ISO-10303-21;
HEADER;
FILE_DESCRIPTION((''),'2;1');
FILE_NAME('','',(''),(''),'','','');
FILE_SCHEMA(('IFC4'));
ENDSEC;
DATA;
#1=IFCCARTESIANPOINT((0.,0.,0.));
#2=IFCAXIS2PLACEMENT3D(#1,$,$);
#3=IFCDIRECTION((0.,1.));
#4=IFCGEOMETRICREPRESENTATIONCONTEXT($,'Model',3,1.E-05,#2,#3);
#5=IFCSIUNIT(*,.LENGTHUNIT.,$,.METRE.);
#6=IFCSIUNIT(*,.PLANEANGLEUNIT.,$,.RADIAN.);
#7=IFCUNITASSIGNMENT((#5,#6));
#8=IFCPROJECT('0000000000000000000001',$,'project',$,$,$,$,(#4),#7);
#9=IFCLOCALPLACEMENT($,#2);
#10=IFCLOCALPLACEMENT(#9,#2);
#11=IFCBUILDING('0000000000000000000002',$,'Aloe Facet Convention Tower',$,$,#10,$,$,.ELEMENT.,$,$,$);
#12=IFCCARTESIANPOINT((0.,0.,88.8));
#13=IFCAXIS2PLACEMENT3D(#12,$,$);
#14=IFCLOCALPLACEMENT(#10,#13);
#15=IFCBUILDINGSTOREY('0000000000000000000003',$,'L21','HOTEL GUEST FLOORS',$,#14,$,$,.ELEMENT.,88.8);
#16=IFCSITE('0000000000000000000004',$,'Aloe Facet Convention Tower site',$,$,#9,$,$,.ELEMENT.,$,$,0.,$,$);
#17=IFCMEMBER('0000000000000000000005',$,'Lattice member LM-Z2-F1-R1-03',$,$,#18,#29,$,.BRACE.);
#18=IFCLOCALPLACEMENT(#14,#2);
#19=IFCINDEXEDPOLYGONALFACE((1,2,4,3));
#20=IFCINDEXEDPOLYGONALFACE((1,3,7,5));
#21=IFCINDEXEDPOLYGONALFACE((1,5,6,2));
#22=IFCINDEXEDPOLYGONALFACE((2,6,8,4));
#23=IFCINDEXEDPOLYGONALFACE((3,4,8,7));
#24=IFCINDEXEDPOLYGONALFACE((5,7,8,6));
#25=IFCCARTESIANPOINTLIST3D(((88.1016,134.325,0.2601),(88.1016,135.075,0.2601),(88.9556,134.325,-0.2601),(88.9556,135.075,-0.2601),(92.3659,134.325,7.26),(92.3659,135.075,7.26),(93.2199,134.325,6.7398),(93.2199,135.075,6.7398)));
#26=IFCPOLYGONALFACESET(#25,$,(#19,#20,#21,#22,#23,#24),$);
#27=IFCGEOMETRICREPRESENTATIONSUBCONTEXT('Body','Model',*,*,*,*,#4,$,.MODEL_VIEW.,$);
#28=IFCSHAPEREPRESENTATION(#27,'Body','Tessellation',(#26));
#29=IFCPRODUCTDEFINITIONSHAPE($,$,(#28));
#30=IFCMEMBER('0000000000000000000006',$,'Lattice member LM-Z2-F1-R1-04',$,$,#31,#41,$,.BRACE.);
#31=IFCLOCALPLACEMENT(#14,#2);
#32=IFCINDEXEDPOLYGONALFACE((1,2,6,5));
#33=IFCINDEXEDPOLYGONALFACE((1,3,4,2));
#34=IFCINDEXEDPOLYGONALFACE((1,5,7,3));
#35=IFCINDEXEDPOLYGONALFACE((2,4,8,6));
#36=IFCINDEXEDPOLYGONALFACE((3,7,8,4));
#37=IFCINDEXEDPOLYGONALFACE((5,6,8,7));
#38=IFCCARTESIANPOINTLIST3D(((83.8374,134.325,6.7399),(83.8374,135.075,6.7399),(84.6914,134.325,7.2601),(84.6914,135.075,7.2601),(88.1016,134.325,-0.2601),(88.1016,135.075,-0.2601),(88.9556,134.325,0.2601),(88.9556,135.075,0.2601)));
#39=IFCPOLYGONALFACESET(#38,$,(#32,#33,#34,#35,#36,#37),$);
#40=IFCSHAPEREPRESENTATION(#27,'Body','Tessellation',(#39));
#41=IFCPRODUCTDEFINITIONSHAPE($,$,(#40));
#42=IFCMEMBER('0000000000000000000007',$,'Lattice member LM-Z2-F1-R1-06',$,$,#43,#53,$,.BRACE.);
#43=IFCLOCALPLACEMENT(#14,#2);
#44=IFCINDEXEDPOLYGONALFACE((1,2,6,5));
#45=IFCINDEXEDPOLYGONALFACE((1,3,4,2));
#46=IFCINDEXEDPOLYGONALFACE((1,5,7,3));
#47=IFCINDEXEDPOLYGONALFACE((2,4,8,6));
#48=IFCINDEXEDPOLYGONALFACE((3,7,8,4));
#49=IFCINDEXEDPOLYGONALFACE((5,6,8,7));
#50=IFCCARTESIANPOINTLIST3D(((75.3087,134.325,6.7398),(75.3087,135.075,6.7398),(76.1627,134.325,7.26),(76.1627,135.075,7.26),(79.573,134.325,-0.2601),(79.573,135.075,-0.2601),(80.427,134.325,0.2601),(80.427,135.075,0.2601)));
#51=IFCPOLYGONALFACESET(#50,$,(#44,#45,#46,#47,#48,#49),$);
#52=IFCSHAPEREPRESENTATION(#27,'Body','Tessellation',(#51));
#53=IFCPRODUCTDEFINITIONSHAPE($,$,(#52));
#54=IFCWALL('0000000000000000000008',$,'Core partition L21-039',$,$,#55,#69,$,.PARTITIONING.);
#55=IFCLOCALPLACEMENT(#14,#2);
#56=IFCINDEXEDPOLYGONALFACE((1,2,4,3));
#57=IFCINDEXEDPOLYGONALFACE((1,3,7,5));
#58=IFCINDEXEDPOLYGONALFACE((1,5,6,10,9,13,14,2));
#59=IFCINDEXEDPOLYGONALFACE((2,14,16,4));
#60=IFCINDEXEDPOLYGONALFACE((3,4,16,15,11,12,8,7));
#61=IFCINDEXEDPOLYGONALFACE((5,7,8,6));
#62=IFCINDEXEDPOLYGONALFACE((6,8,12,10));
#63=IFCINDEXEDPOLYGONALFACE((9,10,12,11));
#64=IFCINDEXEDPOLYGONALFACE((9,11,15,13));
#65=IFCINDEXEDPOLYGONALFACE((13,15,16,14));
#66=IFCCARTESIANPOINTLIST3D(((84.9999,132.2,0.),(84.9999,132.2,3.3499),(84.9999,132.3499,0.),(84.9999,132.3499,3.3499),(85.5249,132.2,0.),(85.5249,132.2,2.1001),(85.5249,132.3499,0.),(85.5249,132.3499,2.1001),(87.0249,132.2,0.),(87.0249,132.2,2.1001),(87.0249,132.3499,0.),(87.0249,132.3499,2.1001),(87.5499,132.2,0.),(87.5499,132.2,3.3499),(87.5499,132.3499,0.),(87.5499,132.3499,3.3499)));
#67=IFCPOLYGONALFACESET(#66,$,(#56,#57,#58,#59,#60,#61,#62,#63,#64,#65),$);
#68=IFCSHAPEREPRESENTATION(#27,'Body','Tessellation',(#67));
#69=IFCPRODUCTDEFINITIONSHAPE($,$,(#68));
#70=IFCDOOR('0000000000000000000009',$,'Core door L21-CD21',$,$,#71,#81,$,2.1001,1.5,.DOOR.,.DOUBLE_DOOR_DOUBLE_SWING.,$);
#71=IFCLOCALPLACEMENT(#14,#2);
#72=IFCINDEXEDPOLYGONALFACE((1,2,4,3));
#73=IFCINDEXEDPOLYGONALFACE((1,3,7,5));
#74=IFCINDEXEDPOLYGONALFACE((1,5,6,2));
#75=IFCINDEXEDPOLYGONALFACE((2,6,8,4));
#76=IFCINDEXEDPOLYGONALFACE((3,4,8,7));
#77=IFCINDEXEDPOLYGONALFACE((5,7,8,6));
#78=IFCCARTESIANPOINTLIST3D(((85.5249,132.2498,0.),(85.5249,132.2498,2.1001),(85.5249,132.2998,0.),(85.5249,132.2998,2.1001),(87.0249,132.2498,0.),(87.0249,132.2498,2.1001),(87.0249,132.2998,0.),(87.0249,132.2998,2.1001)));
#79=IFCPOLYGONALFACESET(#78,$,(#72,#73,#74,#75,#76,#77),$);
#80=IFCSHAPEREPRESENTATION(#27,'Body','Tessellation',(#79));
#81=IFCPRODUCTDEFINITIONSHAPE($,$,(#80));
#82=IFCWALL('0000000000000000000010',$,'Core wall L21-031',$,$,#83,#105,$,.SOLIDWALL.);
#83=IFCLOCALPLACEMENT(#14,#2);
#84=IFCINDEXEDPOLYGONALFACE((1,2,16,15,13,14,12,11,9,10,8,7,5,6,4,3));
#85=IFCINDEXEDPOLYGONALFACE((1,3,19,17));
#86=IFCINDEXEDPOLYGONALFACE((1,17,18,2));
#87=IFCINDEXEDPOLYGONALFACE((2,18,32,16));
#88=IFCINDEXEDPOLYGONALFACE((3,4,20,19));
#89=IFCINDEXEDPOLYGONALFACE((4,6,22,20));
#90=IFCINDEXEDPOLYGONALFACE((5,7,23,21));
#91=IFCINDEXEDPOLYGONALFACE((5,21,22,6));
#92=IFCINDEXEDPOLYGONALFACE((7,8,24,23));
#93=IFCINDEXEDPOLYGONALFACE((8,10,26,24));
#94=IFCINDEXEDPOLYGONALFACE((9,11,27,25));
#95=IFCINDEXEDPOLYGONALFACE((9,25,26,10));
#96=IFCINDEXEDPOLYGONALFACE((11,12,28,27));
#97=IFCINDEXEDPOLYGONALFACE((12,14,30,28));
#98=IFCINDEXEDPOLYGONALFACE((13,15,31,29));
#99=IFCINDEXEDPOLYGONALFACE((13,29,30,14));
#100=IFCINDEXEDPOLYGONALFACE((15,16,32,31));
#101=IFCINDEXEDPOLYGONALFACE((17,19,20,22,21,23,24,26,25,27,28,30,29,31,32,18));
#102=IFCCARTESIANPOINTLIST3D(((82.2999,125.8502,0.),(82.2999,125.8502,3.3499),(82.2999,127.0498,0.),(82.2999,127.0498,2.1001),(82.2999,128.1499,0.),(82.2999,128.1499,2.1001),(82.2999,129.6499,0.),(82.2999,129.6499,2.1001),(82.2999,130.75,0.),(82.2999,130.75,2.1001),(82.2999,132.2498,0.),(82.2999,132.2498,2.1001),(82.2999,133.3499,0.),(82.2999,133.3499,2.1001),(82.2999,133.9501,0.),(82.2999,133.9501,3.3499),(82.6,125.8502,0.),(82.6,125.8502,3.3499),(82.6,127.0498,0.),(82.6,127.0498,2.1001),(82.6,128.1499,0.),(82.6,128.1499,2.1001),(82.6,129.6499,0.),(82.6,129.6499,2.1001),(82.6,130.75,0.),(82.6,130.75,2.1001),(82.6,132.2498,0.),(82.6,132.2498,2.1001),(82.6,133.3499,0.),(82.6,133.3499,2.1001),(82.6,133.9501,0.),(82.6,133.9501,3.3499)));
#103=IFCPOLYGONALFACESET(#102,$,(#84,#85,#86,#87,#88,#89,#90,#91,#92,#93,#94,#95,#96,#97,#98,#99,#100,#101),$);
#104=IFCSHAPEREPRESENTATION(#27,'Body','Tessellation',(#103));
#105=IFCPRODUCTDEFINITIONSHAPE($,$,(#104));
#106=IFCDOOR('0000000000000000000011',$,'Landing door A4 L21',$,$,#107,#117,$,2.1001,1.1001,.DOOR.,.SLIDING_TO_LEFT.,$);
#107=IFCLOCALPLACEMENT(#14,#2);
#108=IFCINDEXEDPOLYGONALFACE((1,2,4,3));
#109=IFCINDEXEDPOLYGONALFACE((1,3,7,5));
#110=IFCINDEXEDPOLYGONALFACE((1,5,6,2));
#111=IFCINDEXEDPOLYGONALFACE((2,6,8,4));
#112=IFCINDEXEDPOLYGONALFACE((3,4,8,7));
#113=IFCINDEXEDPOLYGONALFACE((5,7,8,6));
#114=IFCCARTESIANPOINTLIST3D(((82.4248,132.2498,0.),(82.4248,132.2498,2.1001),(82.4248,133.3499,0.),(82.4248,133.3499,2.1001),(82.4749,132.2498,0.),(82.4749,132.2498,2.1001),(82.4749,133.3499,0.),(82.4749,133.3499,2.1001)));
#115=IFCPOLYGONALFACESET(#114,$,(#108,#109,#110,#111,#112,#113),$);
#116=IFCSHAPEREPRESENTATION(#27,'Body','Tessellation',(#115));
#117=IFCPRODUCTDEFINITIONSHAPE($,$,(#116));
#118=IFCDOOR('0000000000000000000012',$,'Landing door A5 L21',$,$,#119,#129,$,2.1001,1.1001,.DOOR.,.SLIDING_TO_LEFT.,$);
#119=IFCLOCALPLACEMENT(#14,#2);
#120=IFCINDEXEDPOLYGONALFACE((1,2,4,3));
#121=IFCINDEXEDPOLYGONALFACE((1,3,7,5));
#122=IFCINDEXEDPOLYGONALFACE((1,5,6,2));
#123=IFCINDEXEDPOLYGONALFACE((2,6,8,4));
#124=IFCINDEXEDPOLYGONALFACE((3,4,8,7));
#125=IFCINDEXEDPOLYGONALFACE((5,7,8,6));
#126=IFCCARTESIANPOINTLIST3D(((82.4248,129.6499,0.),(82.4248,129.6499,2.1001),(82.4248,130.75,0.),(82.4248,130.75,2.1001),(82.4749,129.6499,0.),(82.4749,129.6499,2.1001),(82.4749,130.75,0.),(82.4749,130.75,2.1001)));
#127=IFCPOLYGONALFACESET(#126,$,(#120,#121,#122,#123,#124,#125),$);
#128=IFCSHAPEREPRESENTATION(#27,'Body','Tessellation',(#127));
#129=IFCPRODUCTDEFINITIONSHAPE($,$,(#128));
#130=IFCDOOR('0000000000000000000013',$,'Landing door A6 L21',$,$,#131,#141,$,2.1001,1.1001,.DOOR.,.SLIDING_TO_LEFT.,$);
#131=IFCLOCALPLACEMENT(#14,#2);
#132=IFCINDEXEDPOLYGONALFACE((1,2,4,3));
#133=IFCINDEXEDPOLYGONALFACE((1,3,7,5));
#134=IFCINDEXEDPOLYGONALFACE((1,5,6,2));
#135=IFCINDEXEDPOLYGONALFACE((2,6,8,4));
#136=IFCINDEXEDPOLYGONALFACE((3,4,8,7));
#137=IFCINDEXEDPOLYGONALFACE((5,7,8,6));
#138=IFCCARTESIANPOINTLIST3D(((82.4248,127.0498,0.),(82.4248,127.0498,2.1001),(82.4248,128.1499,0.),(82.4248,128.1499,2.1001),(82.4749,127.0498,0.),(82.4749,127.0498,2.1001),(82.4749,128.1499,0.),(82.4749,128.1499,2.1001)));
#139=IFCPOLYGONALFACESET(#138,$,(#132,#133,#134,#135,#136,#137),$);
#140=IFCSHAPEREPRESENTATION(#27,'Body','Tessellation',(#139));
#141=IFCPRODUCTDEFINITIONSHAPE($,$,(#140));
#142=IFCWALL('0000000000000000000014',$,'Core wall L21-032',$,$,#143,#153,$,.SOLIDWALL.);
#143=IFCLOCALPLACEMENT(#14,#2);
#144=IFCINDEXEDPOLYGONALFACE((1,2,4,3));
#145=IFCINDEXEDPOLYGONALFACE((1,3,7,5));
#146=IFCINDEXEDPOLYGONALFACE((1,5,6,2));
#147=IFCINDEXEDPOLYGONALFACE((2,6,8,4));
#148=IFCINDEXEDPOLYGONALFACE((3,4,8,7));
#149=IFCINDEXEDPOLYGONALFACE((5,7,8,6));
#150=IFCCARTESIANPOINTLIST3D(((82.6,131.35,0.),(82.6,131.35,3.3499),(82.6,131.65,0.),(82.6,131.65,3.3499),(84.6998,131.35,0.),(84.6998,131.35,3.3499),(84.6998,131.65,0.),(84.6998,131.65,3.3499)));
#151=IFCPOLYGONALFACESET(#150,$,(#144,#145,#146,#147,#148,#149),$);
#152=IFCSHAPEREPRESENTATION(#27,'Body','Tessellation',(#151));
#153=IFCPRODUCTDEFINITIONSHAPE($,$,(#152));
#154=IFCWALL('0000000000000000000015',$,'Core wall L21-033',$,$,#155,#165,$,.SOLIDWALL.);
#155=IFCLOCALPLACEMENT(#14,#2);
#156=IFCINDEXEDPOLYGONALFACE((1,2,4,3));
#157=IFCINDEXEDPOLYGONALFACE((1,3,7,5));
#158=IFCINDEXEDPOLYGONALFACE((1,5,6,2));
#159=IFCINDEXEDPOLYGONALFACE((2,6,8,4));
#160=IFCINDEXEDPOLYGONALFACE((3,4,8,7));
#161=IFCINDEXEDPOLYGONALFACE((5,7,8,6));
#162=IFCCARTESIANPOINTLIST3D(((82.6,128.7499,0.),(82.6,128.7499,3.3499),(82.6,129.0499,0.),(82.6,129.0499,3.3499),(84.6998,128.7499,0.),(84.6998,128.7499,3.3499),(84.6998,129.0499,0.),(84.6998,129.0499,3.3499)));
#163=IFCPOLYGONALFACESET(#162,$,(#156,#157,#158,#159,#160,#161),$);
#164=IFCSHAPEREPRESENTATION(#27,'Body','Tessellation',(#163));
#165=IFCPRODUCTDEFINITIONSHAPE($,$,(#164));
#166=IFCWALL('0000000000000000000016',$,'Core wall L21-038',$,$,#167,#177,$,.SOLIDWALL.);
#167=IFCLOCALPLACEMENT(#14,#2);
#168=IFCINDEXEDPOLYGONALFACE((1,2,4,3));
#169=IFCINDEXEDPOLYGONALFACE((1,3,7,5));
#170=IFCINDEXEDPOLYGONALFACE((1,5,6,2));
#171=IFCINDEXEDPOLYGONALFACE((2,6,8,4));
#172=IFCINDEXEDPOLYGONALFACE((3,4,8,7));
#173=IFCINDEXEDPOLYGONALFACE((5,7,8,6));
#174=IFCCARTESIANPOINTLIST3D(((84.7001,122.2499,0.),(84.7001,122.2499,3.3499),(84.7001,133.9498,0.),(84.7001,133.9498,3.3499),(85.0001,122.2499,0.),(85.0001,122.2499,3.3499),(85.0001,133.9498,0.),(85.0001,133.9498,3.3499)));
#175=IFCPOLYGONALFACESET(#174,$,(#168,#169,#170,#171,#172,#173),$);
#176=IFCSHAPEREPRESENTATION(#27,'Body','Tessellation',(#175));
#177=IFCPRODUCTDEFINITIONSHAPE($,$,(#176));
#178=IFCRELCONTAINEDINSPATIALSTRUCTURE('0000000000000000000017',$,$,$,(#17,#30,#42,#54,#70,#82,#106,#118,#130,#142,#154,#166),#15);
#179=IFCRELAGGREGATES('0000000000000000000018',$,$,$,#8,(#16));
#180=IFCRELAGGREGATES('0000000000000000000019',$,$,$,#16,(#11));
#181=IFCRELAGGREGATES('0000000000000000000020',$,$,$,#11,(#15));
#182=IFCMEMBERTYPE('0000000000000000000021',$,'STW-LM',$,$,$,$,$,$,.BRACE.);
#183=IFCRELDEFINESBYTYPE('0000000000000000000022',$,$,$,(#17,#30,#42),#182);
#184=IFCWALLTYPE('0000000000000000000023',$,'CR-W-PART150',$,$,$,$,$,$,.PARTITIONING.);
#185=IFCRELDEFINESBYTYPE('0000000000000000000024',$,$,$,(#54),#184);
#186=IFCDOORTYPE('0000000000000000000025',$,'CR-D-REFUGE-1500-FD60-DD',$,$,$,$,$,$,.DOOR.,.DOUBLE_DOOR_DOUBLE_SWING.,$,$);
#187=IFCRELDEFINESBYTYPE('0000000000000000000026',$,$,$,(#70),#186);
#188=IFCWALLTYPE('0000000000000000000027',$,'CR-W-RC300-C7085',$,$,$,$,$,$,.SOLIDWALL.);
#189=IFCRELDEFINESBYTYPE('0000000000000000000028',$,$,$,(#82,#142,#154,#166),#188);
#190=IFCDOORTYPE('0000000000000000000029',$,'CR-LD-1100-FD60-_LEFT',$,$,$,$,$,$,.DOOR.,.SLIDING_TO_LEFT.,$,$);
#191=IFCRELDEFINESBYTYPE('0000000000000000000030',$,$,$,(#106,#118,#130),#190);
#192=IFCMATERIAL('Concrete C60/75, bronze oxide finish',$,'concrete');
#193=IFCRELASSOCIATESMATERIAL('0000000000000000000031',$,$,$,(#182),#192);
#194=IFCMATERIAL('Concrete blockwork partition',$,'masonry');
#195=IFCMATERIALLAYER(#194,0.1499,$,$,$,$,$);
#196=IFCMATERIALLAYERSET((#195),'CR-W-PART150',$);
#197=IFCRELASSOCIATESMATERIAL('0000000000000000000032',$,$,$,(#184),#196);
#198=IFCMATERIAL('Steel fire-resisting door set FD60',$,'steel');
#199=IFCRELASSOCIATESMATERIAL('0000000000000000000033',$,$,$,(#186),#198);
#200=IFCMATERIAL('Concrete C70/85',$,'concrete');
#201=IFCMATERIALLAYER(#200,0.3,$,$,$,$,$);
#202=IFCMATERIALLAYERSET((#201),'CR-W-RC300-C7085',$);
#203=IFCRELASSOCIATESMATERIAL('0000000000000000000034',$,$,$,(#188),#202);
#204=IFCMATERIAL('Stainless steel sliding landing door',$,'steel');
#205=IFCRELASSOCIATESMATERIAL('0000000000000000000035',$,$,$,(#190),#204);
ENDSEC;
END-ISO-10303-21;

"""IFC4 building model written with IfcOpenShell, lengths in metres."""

from ifc_helpers import new_model, si_unit, direction, frame, frame_2d, origin, origin_2d, place, context, subcontext, project, spatial, rectangle, extrude, material, layer, layer_set, material_profile, profile_set, type_object, element, fill, save


model = new_model("IFC4")

# Units and contexts
model_context = context("Model", 3, precision=1e-05, world=origin(), true_north=direction((0.0, 1.0)))
body_context = subcontext(model_context, "Body", "Model", "MODEL_VIEW")
ifc_project = project(units=[si_unit("LENGTHUNIT", "METRE"), si_unit("PLANEANGLEUNIT", "RADIAN")], contexts=[model_context])

# Site, building, storey
site_placement = place(None, origin())
site = spatial("IfcSite", under=ifc_project, at=site_placement, Name="Aloe Facet Convention Tower site", CompositionType="ELEMENT", RefElevation=0.0)
building_placement = place(site_placement, origin())
building = spatial("IfcBuilding", under=site, at=building_placement, Name="Aloe Facet Convention Tower", CompositionType="ELEMENT")
storey_placement = place(building_placement, frame((0.0, 0.0, 88.8)))
storey = spatial("IfcBuildingStorey", under=building, at=storey_placement, Name="L21", Description="HOTEL GUEST FLOORS", CompositionType="ELEMENT", Elevation=88.8)

# Members
ifc_material_1 = material(Name="Concrete C60/75, bronze oxide finish", Category="concrete")
ifc_material_profile = material_profile(ifc_material_1, rectangle(XDim=0.75, YDim=1.0, at=origin_2d()), Name="STW-LM")
ifc_profile_set = profile_set([ifc_material_profile], Name="Concrete C60/75, bronze oxide finish")
member_type = type_object("IfcMemberType", Name="STW-LM", PredefinedType="BRACE", material=ifc_profile_set)
for number, where, z_axis, x_axis, name in (
    (1, (88.5286, 134.7, 0.0), (0.520262, 0.0, 0.854007), (0.0, 1.0, 0.0), "Lattice member LM-Z2-F1-R1-03"),
    (2, (88.5286, 134.7, 0.0), (-0.52024, 0.0, 0.85402), (0.0, -1.0, 0.0), "Lattice member LM-Z2-F1-R1-04"),
    (3, (80.0, 134.7, 0.0), (-0.520262, 0.0, 0.854007), (0.0, -1.0, 0.0), "Lattice member LM-Z2-F1-R1-06"),
):
    element("IfcMember", number, at=place(storey_placement, frame(where, z_axis=z_axis, x_axis=x_axis)), inside=storey, type_object=member_type, Name=name, PredefinedType="BRACE", context=body_context, shape_type="SweptSolid", body=[
        extrude(rectangle(XDim=0.75, YDim=1.0, at=origin_2d()), origin(), (0.0, 0.0, 1.0), 8.1965),
    ])

# Wall, opening, door
ifc_material_2 = material(Name="Concrete blockwork partition", Category="masonry")
ifc_layer_1 = layer(ifc_material_2, 0.1499)
ifc_layer_set_1 = layer_set([ifc_layer_1], Name="CR-W-PART150")
wall_type_1 = type_object("IfcWallType", Name="CR-W-PART150", PredefinedType="PARTITIONING", material=ifc_layer_set_1)
wall_1_placement = place(storey_placement, frame((85.0, 132.2749, 0.0), z_axis=(0.0, 0.0, 1.0), x_axis=(1.0, 0.0, 0.0)))
wall_1 = element("IfcWall", 4, at=wall_1_placement, inside=storey, type_object=wall_type_1, Name="Core partition L21-039", PredefinedType="PARTITIONING", context=body_context, shape_type="SweptSolid", body=[
    extrude(rectangle(XDim=2.55, YDim=0.1499, at=frame_2d((1.2749, 0.0))), origin(), (0.0, 0.0, 1.0), 3.3499),
])
opening_1_placement = place(wall_1_placement, frame((0.5249, 0.0, 0.0)))
opening_1 = element("IfcOpeningElement", 5, at=opening_1_placement, cuts=wall_1, PredefinedType="OPENING", context=body_context, shape_type="SweptSolid", body=[
    extrude(rectangle(XDim=1.5, YDim=2.1001, at=frame_2d((0.75, 1.05))), frame((0.0, 0.085, 0.0), z_axis=(0.0, -1.0, 0.0), x_axis=(1.0, 0.0, 0.0)), (0.0, 0.0, 1.0), 0.1699),
])
ifc_material_3 = material(Name="Steel fire-resisting door set FD60", Category="steel")
door_type_1 = type_object("IfcDoorType", Name="CR-D-REFUGE-1500-FD60-DD", OperationType="DOUBLE_DOOR_DOUBLE_SWING", PredefinedType="DOOR", material=ifc_material_3)
door_1_placement = place(opening_1_placement, origin())
door_1 = element("IfcDoor", 6, at=door_1_placement, inside=storey, type_object=door_type_1, Name="Core door L21-CD21", OperationType="DOUBLE_DOOR_DOUBLE_SWING", OverallHeight=2.1001, OverallWidth=1.5, PredefinedType="DOOR", context=body_context, shape_type="SweptSolid", body=[
    extrude(rectangle(XDim=1.5, YDim=2.1001, at=frame_2d((0.75, 1.05))), frame((0.0, 0.0249, 0.0), z_axis=(0.0, -1.0, 0.0), x_axis=(1.0, 0.0, 0.0)), (0.0, 0.0, 1.0), 0.05),
])
fill(opening_1, door_1)

# Wall, openings, doors
ifc_material_4 = material(Name="Concrete C70/85", Category="concrete")
ifc_layer_2 = layer(ifc_material_4, 0.3)
ifc_layer_set_2 = layer_set([ifc_layer_2], Name="CR-W-RC300-C7085")
wall_type_2 = type_object("IfcWallType", Name="CR-W-RC300-C7085", PredefinedType="SOLIDWALL", material=ifc_layer_set_2)
wall_2_placement = place(storey_placement, frame((82.45, 133.95, 0.0), z_axis=(0.0, 0.0, 1.0), x_axis=(0.0, -1.0, 0.0)))
wall_2 = element("IfcWall", 7, at=wall_2_placement, inside=storey, type_object=wall_type_2, Name="Core wall L21-031", PredefinedType="SOLIDWALL", context=body_context, shape_type="SweptSolid", body=[
    extrude(rectangle(XDim=8.0999, YDim=0.3, at=frame_2d((4.0498, 0.0))), origin(), (0.0, 0.0, 1.0), 3.3499),
])
opening_2_placement = place(wall_2_placement, frame((0.6001, 0.0, 0.0)))
opening_2 = element("IfcOpeningElement", 8, at=opening_2_placement, cuts=wall_2, PredefinedType="OPENING", context=body_context, shape_type="SweptSolid", body=[
    extrude(rectangle(XDim=1.1001, YDim=2.1001, at=frame_2d((0.55, 1.05))), frame((0.0, 0.1602, 0.0), z_axis=(0.0, -1.0, 0.0), x_axis=(1.0, 0.0, 0.0)), (0.0, 0.0, 1.0), 0.3201),
])
opening_3_placement = place(wall_2_placement, frame((3.2, 0.0, 0.0)))
opening_3 = element("IfcOpeningElement", 9, at=opening_3_placement, cuts=wall_2, PredefinedType="OPENING", context=body_context, shape_type="SweptSolid", body=[
    extrude(rectangle(XDim=1.1001, YDim=2.1001, at=frame_2d((0.55, 1.05))), frame((0.0, 0.1602, 0.0), z_axis=(0.0, -1.0, 0.0), x_axis=(1.0, 0.0, 0.0)), (0.0, 0.0, 1.0), 0.3201),
])
opening_4_placement = place(wall_2_placement, frame((5.8, 0.0, 0.0)))
opening_4 = element("IfcOpeningElement", 10, at=opening_4_placement, cuts=wall_2, PredefinedType="OPENING", context=body_context, shape_type="SweptSolid", body=[
    extrude(rectangle(XDim=1.1001, YDim=2.1001, at=frame_2d((0.55, 1.05))), frame((0.0, 0.1602, 0.0), z_axis=(0.0, -1.0, 0.0), x_axis=(1.0, 0.0, 0.0)), (0.0, 0.0, 1.0), 0.3201),
])
ifc_material_5 = material(Name="Stainless steel sliding landing door", Category="steel")
door_type_2 = type_object("IfcDoorType", Name="CR-LD-1100-FD60-_LEFT", OperationType="SLIDING_TO_LEFT", PredefinedType="DOOR", material=ifc_material_5)
door_2_placement = place(opening_2_placement, origin())
door_2 = element("IfcDoor", 11, at=door_2_placement, inside=storey, type_object=door_type_2, Name="Landing door A4 L21", OperationType="SLIDING_TO_LEFT", OverallHeight=2.1001, OverallWidth=1.1001, PredefinedType="DOOR", context=body_context, shape_type="SweptSolid", body=[
    extrude(rectangle(XDim=1.1001, YDim=2.1001, at=frame_2d((0.55, 1.05))), frame((0.0, 0.0249, 0.0), z_axis=(0.0, -1.0, 0.0), x_axis=(1.0, 0.0, 0.0)), (0.0, 0.0, 1.0), 0.05),
])
fill(opening_2, door_2)
door_3_placement = place(opening_3_placement, origin())
door_3 = element("IfcDoor", 12, at=door_3_placement, inside=storey, type_object=door_type_2, Name="Landing door A5 L21", OperationType="SLIDING_TO_LEFT", OverallHeight=2.1001, OverallWidth=1.1001, PredefinedType="DOOR", context=body_context, shape_type="SweptSolid", body=[
    extrude(rectangle(XDim=1.1001, YDim=2.1001, at=frame_2d((0.55, 1.05))), frame((0.0, 0.0249, 0.0), z_axis=(0.0, -1.0, 0.0), x_axis=(1.0, 0.0, 0.0)), (0.0, 0.0, 1.0), 0.05),
])
fill(opening_3, door_3)
door_4_placement = place(opening_4_placement, origin())
door_4 = element("IfcDoor", 13, at=door_4_placement, inside=storey, type_object=door_type_2, Name="Landing door A6 L21", OperationType="SLIDING_TO_LEFT", OverallHeight=2.1001, OverallWidth=1.1001, PredefinedType="DOOR", context=body_context, shape_type="SweptSolid", body=[
    extrude(rectangle(XDim=1.1001, YDim=2.1001, at=frame_2d((0.55, 1.05))), frame((0.0, 0.0249, 0.0), z_axis=(0.0, -1.0, 0.0), x_axis=(1.0, 0.0, 0.0)), (0.0, 0.0, 1.0), 0.05),
])
fill(opening_4, door_4)

# Walls
for number, where, z_axis, x_axis, name in (
    (14, (82.6001, 131.5, 0.0), (0.0, 0.0, 1.0), (1.0, 0.0, 0.0), "Core wall L21-032"),
    (15, (82.6001, 128.8999, 0.0), (0.0, 0.0, 1.0), (1.0, 0.0, 0.0), "Core wall L21-033"),
):
    element("IfcWall", number, at=place(storey_placement, frame(where, z_axis=z_axis, x_axis=x_axis)), inside=storey, type_object=wall_type_2, Name=name, PredefinedType="SOLIDWALL", context=body_context, shape_type="SweptSolid", body=[
        extrude(rectangle(XDim=2.0999, YDim=0.3, at=frame_2d((1.0498, 0.0))), origin(), (0.0, 0.0, 1.0), 3.3499),
    ])
wall_3_placement = place(storey_placement, frame((84.8501, 133.95, 0.0), z_axis=(0.0, 0.0, 1.0), x_axis=(0.0, -1.0, 0.0)))
element("IfcWall", 16, at=wall_3_placement, inside=storey, type_object=wall_type_2, Name="Core wall L21-038", PredefinedType="SOLIDWALL", context=body_context, shape_type="SweptSolid", body=[
    extrude(rectangle(XDim=11.7, YDim=0.3, at=frame_2d((5.8501, 0.0))), origin(), (0.0, 0.0, 1.0), 3.3499),
])

save(model, "model.ifc")
